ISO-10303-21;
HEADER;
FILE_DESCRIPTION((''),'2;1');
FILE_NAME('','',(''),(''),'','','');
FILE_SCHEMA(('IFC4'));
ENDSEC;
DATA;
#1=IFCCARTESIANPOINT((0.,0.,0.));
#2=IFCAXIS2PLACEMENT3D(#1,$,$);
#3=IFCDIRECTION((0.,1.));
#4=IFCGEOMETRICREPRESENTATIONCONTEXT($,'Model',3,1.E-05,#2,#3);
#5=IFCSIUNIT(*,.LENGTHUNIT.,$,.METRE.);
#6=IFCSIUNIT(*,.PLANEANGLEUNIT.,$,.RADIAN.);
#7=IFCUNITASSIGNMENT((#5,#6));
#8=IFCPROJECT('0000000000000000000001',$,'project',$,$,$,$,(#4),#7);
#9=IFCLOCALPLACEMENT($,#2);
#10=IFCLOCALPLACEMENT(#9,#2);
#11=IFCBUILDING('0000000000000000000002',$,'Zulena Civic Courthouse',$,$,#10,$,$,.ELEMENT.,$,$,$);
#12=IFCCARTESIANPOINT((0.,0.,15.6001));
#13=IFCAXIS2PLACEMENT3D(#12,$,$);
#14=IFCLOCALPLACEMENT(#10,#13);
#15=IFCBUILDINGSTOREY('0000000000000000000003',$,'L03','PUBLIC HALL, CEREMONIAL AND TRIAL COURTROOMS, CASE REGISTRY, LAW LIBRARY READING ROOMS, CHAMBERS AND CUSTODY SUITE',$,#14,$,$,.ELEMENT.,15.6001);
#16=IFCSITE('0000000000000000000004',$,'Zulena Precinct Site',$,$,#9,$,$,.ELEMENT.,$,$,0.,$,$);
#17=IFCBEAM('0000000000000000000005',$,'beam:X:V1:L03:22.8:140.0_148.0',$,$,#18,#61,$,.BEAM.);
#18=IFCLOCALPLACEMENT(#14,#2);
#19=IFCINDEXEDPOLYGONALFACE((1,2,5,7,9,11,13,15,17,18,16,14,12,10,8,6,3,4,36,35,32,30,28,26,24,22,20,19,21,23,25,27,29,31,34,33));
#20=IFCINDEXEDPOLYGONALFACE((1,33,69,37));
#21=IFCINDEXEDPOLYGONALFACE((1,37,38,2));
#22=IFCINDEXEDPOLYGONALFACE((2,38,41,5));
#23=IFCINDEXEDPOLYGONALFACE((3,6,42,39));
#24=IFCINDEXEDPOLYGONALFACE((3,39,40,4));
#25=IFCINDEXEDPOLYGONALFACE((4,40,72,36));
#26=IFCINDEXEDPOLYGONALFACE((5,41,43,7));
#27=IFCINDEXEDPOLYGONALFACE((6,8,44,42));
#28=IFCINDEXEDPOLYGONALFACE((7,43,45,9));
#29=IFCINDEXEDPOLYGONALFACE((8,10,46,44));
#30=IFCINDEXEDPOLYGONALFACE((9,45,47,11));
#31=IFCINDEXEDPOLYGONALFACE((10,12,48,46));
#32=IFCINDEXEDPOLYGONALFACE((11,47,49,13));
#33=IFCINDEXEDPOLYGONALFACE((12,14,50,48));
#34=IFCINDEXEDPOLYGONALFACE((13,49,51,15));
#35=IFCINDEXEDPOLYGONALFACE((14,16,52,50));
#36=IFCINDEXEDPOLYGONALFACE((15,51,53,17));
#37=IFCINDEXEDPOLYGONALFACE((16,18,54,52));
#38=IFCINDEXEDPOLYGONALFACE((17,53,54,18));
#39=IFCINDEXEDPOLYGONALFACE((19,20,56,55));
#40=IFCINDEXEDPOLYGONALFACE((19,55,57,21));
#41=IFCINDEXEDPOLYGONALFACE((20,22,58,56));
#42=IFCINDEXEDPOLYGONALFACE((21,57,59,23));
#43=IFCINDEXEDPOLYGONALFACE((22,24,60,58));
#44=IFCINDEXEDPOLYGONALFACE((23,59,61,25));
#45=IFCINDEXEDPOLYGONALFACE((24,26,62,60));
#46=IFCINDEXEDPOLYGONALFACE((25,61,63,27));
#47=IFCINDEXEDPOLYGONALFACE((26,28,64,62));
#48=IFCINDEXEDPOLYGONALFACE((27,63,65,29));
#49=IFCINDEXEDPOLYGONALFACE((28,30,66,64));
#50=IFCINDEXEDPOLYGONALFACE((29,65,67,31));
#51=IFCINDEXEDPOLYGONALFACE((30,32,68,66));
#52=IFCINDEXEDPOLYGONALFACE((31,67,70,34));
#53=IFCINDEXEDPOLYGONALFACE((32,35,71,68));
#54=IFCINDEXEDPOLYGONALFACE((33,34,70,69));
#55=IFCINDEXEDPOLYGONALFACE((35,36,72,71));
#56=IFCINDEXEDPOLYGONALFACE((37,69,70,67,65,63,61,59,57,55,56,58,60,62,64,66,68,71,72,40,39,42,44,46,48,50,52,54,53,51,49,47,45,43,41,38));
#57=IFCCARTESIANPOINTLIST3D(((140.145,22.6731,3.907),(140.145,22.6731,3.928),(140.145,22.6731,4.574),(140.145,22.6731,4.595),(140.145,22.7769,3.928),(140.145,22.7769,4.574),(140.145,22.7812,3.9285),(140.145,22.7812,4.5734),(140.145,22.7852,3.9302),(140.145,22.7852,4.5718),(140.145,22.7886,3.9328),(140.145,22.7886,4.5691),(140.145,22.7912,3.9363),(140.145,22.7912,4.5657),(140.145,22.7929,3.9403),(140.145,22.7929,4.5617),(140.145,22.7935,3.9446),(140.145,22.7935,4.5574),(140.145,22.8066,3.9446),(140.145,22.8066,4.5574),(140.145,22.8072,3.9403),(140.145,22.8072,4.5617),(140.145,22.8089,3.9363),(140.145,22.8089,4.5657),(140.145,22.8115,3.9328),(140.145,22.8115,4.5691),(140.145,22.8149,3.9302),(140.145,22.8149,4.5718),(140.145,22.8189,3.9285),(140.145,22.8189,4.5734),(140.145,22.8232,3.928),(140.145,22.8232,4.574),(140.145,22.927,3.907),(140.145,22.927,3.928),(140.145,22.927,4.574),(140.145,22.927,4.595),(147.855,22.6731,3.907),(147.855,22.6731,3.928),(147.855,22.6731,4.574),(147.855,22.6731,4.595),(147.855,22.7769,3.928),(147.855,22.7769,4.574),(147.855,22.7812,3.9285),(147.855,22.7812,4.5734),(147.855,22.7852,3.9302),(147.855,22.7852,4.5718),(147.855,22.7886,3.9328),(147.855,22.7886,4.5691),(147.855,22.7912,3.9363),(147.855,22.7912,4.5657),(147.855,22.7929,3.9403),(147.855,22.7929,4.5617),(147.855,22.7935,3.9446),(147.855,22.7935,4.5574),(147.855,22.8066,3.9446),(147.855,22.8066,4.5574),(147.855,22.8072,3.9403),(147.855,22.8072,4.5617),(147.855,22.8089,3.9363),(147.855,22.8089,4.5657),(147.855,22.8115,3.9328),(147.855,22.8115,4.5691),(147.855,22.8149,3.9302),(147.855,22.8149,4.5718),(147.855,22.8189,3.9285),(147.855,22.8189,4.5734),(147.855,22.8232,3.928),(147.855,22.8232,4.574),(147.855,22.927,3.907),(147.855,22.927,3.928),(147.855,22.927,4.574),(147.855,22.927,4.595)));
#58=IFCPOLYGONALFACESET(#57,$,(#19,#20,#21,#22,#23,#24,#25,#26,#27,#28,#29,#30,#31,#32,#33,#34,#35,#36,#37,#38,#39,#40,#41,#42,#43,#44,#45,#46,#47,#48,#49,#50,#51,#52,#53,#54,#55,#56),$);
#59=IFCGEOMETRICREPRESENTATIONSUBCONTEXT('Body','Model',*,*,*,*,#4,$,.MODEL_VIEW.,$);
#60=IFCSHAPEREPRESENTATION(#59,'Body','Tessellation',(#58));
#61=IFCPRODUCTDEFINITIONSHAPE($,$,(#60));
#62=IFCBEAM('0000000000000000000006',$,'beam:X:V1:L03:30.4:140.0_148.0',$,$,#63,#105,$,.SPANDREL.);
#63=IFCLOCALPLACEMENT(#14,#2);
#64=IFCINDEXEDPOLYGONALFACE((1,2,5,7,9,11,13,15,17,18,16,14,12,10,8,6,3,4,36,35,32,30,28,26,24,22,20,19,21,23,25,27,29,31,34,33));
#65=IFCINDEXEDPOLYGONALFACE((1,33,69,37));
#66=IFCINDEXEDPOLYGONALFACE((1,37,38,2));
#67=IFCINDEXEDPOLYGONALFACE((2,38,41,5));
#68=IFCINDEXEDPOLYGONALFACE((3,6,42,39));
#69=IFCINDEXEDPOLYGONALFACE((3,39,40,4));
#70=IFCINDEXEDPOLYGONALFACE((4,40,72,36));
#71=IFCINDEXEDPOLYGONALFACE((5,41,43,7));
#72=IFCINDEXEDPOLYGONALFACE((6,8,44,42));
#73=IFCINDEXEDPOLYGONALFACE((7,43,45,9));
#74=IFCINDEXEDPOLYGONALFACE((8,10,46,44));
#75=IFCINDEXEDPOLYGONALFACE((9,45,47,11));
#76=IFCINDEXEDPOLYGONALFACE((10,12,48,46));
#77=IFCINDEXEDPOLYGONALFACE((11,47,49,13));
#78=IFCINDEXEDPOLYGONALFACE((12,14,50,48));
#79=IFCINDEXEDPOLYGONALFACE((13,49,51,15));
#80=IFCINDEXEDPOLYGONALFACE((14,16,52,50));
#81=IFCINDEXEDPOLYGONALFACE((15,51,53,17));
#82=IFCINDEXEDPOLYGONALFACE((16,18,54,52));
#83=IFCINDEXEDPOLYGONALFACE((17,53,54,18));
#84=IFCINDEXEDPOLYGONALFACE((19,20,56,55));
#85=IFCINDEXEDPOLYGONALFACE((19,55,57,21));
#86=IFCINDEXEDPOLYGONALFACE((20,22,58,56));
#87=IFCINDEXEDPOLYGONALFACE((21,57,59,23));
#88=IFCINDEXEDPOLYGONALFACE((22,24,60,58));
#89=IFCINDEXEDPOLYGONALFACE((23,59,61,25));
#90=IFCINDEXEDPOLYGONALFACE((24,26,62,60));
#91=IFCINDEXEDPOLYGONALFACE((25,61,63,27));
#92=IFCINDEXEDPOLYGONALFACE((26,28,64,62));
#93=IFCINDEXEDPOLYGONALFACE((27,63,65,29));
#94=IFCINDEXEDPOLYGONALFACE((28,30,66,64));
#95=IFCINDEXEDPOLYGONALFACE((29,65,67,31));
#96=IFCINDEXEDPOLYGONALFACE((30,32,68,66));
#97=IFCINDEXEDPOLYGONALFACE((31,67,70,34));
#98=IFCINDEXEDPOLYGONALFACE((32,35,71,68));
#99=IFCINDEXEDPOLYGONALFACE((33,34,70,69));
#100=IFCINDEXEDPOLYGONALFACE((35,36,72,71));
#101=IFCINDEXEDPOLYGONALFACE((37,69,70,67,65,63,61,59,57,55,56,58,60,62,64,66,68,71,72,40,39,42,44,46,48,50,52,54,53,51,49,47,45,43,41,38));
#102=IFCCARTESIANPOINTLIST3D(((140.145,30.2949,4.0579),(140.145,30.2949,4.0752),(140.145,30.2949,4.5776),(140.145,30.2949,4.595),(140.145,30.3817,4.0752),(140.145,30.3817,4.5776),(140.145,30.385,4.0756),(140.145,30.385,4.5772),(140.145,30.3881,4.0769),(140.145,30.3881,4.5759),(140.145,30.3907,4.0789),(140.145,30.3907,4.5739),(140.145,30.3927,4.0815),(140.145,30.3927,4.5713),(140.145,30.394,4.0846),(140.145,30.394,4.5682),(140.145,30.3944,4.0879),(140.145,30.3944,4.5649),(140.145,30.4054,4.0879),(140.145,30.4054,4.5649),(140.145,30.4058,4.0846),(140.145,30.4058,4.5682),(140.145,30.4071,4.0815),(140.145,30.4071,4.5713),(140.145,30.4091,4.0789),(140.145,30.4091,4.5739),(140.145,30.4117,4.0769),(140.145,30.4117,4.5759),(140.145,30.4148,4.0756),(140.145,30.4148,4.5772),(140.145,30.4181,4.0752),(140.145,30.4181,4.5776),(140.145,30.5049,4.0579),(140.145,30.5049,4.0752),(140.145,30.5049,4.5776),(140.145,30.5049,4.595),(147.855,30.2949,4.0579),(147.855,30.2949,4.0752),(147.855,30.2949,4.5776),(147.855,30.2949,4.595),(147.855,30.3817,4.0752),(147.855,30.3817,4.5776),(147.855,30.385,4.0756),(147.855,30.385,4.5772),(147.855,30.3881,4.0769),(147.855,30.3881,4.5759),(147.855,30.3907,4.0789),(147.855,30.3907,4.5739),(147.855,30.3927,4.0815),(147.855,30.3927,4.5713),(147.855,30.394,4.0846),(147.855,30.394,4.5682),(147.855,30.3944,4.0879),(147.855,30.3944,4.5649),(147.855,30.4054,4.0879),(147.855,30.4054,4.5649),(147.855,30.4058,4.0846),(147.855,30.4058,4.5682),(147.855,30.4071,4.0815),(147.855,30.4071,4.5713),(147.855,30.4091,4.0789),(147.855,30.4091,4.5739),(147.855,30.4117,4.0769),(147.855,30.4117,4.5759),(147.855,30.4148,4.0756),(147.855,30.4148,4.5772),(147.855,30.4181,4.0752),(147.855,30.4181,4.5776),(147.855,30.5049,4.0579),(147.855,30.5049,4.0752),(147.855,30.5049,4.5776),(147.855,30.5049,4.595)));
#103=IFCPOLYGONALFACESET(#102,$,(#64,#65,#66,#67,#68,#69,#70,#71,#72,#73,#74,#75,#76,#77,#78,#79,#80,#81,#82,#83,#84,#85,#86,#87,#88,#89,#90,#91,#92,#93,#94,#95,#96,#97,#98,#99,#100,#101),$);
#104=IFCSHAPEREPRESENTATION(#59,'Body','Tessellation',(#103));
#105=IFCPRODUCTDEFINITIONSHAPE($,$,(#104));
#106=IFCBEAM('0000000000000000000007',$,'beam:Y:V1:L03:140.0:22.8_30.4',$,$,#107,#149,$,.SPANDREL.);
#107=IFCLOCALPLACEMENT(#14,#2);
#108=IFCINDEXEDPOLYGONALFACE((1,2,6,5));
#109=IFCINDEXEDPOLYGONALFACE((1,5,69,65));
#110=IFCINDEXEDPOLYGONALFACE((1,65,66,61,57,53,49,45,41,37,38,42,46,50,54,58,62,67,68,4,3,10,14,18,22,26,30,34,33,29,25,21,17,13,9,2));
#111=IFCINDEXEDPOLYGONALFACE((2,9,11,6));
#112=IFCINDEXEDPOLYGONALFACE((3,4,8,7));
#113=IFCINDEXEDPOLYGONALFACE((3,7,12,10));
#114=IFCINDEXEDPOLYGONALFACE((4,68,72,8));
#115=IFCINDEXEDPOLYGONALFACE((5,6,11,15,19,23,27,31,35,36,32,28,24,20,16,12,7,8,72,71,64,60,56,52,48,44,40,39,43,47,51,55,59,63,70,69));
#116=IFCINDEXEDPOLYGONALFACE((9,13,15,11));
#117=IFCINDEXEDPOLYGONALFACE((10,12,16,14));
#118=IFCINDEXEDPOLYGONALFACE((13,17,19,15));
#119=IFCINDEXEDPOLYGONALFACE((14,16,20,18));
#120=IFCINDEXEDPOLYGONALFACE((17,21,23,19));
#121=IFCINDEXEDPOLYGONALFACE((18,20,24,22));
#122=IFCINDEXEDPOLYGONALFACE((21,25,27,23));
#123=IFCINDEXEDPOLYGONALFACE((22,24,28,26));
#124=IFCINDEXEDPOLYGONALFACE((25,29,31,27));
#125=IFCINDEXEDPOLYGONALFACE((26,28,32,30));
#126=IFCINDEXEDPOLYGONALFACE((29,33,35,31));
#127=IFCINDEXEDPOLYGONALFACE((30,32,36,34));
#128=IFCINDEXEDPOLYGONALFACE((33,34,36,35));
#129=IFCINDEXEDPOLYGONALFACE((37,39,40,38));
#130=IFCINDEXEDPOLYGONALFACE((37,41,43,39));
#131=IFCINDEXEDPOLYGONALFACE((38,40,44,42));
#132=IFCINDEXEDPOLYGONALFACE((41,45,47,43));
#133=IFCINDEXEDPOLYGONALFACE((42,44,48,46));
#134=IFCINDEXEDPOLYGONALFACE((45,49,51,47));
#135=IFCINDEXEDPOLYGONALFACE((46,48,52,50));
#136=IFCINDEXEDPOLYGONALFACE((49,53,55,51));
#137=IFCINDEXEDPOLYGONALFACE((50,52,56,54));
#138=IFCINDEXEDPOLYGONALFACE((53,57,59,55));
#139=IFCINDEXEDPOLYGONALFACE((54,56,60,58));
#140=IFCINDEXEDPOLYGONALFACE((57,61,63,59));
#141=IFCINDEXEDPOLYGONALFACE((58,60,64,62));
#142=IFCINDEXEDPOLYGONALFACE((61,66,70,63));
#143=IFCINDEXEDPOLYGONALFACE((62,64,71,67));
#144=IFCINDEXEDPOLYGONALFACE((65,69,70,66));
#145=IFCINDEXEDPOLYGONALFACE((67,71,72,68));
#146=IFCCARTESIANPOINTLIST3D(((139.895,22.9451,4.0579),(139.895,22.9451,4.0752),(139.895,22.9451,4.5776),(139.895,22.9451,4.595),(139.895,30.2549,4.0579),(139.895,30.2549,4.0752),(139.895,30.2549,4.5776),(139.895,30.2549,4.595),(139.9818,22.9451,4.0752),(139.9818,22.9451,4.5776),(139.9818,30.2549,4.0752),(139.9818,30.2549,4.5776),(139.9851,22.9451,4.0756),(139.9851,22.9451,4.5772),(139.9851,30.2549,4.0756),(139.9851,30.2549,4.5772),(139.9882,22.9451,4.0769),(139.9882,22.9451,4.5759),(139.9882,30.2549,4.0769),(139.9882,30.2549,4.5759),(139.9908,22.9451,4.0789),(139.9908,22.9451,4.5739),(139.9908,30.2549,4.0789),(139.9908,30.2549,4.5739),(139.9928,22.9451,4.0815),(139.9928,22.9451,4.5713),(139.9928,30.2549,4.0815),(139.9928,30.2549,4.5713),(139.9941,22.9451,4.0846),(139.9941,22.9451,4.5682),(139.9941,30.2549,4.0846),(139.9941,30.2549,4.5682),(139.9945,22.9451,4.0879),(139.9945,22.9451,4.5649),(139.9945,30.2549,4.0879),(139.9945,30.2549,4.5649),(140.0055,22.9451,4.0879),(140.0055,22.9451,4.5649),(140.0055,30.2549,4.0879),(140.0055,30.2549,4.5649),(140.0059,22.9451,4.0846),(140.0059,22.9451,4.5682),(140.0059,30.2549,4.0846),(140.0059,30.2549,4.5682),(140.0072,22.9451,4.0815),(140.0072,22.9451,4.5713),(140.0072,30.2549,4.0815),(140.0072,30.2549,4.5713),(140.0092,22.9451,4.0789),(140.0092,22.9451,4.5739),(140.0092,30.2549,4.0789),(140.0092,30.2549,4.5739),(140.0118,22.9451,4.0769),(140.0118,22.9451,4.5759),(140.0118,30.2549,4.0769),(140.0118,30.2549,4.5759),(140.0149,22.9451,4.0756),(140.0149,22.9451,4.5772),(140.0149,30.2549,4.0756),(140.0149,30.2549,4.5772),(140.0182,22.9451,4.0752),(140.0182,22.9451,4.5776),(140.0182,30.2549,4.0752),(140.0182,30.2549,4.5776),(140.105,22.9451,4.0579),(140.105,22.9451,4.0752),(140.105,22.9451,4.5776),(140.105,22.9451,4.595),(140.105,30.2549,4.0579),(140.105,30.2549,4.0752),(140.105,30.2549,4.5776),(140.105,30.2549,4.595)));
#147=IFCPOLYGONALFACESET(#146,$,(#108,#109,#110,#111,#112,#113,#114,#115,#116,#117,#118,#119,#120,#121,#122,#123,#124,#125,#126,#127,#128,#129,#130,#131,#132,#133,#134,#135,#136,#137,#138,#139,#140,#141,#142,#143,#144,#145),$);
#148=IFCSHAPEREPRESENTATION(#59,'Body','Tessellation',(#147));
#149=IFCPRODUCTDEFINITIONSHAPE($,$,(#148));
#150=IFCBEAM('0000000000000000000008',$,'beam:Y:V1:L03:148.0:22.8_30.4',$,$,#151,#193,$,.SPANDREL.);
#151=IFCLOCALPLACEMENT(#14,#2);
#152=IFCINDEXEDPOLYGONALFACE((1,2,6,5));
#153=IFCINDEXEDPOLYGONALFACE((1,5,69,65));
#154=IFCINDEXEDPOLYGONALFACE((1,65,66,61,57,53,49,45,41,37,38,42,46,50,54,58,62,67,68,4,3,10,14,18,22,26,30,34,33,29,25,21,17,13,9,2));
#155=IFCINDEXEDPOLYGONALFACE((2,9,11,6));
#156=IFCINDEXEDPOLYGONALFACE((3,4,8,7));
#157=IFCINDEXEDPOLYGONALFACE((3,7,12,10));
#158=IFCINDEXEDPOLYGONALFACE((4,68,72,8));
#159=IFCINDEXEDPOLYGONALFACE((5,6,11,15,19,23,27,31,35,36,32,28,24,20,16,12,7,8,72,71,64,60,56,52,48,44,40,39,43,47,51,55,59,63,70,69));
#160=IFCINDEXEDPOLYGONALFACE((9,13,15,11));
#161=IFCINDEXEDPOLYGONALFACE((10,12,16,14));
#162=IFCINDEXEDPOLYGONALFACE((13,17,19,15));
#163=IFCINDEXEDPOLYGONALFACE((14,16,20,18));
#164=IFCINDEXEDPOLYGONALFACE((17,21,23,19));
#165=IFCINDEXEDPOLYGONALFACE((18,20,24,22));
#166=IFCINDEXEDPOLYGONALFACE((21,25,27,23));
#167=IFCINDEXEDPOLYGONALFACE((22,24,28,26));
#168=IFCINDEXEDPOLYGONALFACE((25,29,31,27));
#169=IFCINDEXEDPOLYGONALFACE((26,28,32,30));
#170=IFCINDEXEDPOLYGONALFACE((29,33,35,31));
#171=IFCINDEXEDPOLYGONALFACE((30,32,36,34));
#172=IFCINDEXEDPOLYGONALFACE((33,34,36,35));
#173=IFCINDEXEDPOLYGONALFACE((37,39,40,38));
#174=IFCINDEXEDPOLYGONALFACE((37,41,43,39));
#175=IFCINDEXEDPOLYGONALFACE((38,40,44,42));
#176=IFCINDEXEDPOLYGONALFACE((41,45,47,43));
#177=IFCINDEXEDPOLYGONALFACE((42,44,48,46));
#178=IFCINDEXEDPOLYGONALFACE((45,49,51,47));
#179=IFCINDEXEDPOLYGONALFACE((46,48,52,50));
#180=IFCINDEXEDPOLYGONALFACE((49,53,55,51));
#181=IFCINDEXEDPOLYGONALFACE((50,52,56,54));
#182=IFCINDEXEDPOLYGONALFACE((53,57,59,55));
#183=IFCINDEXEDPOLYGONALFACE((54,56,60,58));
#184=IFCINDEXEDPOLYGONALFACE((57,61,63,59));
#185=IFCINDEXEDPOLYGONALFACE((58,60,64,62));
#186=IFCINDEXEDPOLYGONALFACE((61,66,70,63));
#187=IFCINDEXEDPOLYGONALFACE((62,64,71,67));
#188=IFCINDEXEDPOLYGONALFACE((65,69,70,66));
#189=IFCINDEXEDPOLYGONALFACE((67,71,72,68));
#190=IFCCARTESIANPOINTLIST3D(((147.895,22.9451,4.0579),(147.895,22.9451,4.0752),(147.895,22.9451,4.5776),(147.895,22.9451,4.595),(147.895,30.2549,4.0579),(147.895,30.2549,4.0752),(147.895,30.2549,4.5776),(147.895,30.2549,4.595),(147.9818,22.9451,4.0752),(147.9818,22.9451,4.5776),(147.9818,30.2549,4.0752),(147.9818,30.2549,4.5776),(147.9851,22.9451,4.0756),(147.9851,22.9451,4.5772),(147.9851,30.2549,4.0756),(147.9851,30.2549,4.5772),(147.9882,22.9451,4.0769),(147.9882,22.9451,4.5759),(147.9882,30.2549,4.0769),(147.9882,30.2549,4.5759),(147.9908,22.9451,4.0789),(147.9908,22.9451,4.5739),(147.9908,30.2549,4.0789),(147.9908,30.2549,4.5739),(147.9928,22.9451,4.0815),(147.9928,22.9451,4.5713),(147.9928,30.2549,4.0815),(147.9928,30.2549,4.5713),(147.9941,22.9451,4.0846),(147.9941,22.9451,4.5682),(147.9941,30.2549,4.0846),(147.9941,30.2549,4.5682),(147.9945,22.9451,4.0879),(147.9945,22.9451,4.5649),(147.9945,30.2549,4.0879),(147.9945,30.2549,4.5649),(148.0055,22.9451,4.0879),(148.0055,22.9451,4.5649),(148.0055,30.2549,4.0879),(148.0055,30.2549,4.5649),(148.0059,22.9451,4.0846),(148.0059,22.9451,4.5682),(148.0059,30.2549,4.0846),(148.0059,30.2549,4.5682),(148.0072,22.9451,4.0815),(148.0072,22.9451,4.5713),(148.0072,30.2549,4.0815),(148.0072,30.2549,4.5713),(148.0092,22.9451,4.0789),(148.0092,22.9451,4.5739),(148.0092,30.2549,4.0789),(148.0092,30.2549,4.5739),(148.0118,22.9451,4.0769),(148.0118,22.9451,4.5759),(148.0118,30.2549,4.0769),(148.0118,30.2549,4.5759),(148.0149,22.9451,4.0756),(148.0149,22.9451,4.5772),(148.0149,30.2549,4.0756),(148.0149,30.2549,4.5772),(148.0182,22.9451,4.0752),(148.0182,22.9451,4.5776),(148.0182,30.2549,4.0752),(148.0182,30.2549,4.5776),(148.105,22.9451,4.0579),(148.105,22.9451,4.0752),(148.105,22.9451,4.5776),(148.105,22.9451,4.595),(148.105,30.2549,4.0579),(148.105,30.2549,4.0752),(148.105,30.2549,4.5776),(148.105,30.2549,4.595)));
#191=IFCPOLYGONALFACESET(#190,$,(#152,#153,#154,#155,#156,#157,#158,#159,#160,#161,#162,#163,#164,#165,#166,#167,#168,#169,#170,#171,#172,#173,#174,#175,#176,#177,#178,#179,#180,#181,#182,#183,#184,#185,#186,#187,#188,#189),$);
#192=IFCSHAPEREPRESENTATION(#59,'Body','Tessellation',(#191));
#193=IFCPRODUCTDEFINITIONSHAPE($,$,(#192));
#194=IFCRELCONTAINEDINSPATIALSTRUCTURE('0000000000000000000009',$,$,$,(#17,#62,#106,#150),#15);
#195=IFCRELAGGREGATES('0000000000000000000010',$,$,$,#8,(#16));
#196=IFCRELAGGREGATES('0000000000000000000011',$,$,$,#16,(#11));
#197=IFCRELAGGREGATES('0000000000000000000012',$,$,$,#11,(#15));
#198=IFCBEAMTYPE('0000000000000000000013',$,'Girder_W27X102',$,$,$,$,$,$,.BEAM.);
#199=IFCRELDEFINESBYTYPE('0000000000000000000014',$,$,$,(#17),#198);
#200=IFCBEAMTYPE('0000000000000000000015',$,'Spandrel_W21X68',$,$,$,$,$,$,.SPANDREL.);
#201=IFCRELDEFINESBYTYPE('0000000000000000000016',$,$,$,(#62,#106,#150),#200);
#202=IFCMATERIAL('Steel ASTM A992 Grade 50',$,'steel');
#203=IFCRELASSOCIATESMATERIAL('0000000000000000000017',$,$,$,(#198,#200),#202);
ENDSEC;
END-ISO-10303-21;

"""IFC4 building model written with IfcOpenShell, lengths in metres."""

from ifc_helpers import new_model, si_unit, direction, frame, origin, origin_2d, place, context, subcontext, project, spatial, i_section, extrude, material, material_profile, profile_set, type_object, element, save


model = new_model("IFC4")

# Units and contexts
model_context = context("Model", 3, precision=1e-05, world=origin(), true_north=direction((0.0, 1.0)))
body_context = subcontext(model_context, "Body", "Model", "MODEL_VIEW")
ifc_project = project(units=[si_unit("LENGTHUNIT", "METRE"), si_unit("PLANEANGLEUNIT", "RADIAN")], contexts=[model_context])

# Site, building, storey
site_placement = place(None, origin())
site = spatial("IfcSite", under=ifc_project, at=site_placement, Name="Zulena Precinct Site", CompositionType="ELEMENT", RefElevation=0.0)
building_placement = place(site_placement, origin())
building = spatial("IfcBuilding", under=site, at=building_placement, Name="Zulena Civic Courthouse", CompositionType="ELEMENT")
storey_placement = place(building_placement, frame((0.0, 0.0, 15.6001)))
storey = spatial("IfcBuildingStorey", under=building, at=storey_placement, Name="L03", Description="PUBLIC HALL, CEREMONIAL AND TRIAL COURTROOMS, CASE REGISTRY, LAW LIBRARY READING ROOMS, CHAMBERS AND CUSTODY SUITE", CompositionType="ELEMENT", Elevation=15.6001)

# Shared definitions
ifc_material_1 = material(Name="Steel ASTM A992 Grade 50", Category="steel")

# Beams
ifc_material_profile_1 = material_profile(ifc_material_1, i_section(OverallWidth=0.2539, OverallDepth=0.688, WebThickness=0.0132, FlangeThickness=0.021, FilletRadius=0.0166, at=origin_2d()), Name="W27X102")
ifc_profile_set_1 = profile_set([ifc_material_profile_1], Name="Steel ASTM A992 Grade 50")
beam_type_1 = type_object("IfcBeamType", Name="Girder_W27X102", PredefinedType="BEAM", material=ifc_profile_set_1)
beam_1_placement = place(storey_placement, frame((140.145, 22.8, 4.251), z_axis=(1.0, 0.0, 0.0), x_axis=(0.0, 1.0, 0.0)))
element("IfcBeam", 1, at=beam_1_placement, inside=storey, type_object=beam_type_1, Name="beam:X:V1:L03:22.8:140.0_148.0", PredefinedType="BEAM", context=body_context, shape_type="SweptSolid", body=[
    extrude(i_section(OverallWidth=0.2539, OverallDepth=0.688, WebThickness=0.0132, FlangeThickness=0.021, FilletRadius=0.0166, at=origin_2d()), origin(), (0.0, 0.0, 1.0), 7.71),
])
ifc_material_profile_2 = material_profile(ifc_material_1, i_section(OverallWidth=0.21, OverallDepth=0.5371, WebThickness=0.011, FlangeThickness=0.0173, FilletRadius=0.0127, at=origin_2d()), Name="W21X68")
ifc_profile_set_2 = profile_set([ifc_material_profile_2], Name="Steel ASTM A992 Grade 50")
beam_type_2 = type_object("IfcBeamType", Name="Spandrel_W21X68", PredefinedType="SPANDREL", material=ifc_profile_set_2)
beam_2_placement = place(storey_placement, frame((140.145, 30.3999, 4.3264), z_axis=(1.0, 0.0, 0.0), x_axis=(0.0, 1.0, 0.0)))
element("IfcBeam", 2, at=beam_2_placement, inside=storey, type_object=beam_type_2, Name="beam:X:V1:L03:30.4:140.0_148.0", PredefinedType="SPANDREL", context=body_context, shape_type="SweptSolid", body=[
    extrude(i_section(OverallWidth=0.21, OverallDepth=0.5371, WebThickness=0.011, FlangeThickness=0.0173, FilletRadius=0.0127, at=origin_2d()), origin(), (0.0, 0.0, 1.0), 7.71),
])
for number, where, z_axis, x_axis, name in (
    (3, (140.0, 22.9451, 4.3264), (0.0, 1.0, 0.0), (-1.0, 0.0, 0.0), "beam:Y:V1:L03:140.0:22.8_30.4"),
    (4, (148.0, 22.9451, 4.3264), (0.0, 1.0, 0.0), (-1.0, 0.0, 0.0), "beam:Y:V1:L03:148.0:22.8_30.4"),
):
    element("IfcBeam", number, at=place(storey_placement, frame(where, z_axis=z_axis, x_axis=x_axis)), inside=storey, type_object=beam_type_2, Name=name, PredefinedType="SPANDREL", context=body_context, shape_type="SweptSolid", body=[
        extrude(i_section(OverallWidth=0.21, OverallDepth=0.5371, WebThickness=0.011, FlangeThickness=0.0173, FilletRadius=0.0127, at=origin_2d()), origin(), (0.0, 0.0, 1.0), 7.3098),
    ])

save(model, "model.ifc")
